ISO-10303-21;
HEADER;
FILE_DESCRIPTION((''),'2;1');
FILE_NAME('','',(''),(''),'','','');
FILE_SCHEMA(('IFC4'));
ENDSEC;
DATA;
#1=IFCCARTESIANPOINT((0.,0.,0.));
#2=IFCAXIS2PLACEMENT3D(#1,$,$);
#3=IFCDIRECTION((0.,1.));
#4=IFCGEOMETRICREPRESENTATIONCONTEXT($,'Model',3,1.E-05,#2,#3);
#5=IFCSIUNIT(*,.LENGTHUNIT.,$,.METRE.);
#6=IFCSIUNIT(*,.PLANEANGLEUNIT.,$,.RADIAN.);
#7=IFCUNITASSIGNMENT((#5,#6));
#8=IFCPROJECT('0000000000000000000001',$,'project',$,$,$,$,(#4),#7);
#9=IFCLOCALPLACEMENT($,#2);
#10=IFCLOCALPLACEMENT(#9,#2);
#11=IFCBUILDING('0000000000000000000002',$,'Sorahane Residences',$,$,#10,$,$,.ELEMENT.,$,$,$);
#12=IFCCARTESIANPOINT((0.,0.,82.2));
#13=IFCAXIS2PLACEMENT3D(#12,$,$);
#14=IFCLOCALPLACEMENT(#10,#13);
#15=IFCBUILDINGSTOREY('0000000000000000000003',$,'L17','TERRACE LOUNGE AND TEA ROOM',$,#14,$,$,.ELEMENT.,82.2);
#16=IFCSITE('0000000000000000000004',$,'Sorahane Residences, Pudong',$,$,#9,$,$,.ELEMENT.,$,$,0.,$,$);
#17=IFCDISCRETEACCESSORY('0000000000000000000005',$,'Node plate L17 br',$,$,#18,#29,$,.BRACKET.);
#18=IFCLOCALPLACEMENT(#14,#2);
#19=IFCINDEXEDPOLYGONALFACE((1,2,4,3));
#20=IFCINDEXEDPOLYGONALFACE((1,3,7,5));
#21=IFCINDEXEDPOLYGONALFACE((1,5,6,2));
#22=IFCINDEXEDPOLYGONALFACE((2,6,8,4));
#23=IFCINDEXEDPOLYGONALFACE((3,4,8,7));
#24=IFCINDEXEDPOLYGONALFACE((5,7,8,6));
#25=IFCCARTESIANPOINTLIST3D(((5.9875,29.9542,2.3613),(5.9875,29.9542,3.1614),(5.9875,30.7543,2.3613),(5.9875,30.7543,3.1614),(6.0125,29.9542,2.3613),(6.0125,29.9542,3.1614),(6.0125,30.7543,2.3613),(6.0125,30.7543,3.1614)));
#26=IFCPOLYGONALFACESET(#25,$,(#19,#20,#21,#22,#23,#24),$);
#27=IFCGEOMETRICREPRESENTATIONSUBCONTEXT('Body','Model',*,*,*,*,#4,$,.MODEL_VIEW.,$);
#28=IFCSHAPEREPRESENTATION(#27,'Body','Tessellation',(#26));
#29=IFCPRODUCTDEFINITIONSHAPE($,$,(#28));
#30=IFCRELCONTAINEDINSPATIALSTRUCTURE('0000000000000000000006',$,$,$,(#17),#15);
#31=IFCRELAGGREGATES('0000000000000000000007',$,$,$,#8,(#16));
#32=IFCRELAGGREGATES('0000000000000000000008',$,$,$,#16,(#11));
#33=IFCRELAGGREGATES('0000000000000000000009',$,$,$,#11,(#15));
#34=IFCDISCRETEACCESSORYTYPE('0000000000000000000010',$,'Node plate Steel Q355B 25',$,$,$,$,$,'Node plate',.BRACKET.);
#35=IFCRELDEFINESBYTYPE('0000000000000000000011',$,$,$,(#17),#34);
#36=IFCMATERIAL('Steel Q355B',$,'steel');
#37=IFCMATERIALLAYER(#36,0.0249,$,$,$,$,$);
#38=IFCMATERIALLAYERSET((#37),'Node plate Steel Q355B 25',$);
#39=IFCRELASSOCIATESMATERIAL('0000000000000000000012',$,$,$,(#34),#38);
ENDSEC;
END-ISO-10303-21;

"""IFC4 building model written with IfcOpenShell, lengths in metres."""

from ifc_helpers import new_model, si_unit, direction, frame, origin, origin_2d, place, context, subcontext, project, spatial, rectangle, extrude, material, layer, layer_set, type_object, element, save


model = new_model("IFC4")

# Units and contexts
model_context = context("Model", 3, precision=1e-05, world=origin(), true_north=direction((0.0, 1.0)))
body_context = subcontext(model_context, "Body", "Model", "MODEL_VIEW")
ifc_project = project(units=[si_unit("LENGTHUNIT", "METRE"), si_unit("PLANEANGLEUNIT", "RADIAN")], contexts=[model_context])

# Site, building, storey
site_placement = place(None, origin())
site = spatial("IfcSite", under=ifc_project, at=site_placement, Name="Sorahane Residences, Pudong", CompositionType="ELEMENT", RefElevation=0.0)
building_placement = place(site_placement, origin())
building = spatial("IfcBuilding", under=site, at=building_placement, Name="Sorahane Residences", CompositionType="ELEMENT")
storey_placement = place(building_placement, frame((0.0, 0.0, 82.2)))
storey = spatial("IfcBuildingStorey", under=building, at=storey_placement, Name="L17", Description="TERRACE LOUNGE AND TEA ROOM", CompositionType="ELEMENT", Elevation=82.2)

# Discrete accessory
ifc_material_1 = material(Name="Steel Q355B", Category="steel")
ifc_layer_1 = layer(ifc_material_1, 0.0249)
ifc_layer_set_1 = layer_set([ifc_layer_1], Name="Node plate Steel Q355B 25")
discrete_accessory_type = type_object("IfcDiscreteAccessoryType", Name="Node plate Steel Q355B 25", ElementType="Node plate", PredefinedType="BRACKET", material=ifc_layer_set_1)
for number, where, z_axis, x_axis, name in (
    (1, (6.0, 30.3542, 2.3613), (0.0, 0.0, 1.0), (0.0, 1.0, 0.0), "Node plate L17 br"),
):
    element("IfcDiscreteAccessory", number, at=place(storey_placement, frame(where, z_axis=z_axis, x_axis=x_axis)), inside=storey, type_object=discrete_accessory_type, Name=name, PredefinedType="BRACKET", context=body_context, shape_type="SweptSolid", body=[
        extrude(rectangle(XDim=0.8, YDim=0.0249, at=origin_2d()), origin(), (0.0, 0.0, 1.0), 0.8),
    ])

save(model, "model.ifc")
